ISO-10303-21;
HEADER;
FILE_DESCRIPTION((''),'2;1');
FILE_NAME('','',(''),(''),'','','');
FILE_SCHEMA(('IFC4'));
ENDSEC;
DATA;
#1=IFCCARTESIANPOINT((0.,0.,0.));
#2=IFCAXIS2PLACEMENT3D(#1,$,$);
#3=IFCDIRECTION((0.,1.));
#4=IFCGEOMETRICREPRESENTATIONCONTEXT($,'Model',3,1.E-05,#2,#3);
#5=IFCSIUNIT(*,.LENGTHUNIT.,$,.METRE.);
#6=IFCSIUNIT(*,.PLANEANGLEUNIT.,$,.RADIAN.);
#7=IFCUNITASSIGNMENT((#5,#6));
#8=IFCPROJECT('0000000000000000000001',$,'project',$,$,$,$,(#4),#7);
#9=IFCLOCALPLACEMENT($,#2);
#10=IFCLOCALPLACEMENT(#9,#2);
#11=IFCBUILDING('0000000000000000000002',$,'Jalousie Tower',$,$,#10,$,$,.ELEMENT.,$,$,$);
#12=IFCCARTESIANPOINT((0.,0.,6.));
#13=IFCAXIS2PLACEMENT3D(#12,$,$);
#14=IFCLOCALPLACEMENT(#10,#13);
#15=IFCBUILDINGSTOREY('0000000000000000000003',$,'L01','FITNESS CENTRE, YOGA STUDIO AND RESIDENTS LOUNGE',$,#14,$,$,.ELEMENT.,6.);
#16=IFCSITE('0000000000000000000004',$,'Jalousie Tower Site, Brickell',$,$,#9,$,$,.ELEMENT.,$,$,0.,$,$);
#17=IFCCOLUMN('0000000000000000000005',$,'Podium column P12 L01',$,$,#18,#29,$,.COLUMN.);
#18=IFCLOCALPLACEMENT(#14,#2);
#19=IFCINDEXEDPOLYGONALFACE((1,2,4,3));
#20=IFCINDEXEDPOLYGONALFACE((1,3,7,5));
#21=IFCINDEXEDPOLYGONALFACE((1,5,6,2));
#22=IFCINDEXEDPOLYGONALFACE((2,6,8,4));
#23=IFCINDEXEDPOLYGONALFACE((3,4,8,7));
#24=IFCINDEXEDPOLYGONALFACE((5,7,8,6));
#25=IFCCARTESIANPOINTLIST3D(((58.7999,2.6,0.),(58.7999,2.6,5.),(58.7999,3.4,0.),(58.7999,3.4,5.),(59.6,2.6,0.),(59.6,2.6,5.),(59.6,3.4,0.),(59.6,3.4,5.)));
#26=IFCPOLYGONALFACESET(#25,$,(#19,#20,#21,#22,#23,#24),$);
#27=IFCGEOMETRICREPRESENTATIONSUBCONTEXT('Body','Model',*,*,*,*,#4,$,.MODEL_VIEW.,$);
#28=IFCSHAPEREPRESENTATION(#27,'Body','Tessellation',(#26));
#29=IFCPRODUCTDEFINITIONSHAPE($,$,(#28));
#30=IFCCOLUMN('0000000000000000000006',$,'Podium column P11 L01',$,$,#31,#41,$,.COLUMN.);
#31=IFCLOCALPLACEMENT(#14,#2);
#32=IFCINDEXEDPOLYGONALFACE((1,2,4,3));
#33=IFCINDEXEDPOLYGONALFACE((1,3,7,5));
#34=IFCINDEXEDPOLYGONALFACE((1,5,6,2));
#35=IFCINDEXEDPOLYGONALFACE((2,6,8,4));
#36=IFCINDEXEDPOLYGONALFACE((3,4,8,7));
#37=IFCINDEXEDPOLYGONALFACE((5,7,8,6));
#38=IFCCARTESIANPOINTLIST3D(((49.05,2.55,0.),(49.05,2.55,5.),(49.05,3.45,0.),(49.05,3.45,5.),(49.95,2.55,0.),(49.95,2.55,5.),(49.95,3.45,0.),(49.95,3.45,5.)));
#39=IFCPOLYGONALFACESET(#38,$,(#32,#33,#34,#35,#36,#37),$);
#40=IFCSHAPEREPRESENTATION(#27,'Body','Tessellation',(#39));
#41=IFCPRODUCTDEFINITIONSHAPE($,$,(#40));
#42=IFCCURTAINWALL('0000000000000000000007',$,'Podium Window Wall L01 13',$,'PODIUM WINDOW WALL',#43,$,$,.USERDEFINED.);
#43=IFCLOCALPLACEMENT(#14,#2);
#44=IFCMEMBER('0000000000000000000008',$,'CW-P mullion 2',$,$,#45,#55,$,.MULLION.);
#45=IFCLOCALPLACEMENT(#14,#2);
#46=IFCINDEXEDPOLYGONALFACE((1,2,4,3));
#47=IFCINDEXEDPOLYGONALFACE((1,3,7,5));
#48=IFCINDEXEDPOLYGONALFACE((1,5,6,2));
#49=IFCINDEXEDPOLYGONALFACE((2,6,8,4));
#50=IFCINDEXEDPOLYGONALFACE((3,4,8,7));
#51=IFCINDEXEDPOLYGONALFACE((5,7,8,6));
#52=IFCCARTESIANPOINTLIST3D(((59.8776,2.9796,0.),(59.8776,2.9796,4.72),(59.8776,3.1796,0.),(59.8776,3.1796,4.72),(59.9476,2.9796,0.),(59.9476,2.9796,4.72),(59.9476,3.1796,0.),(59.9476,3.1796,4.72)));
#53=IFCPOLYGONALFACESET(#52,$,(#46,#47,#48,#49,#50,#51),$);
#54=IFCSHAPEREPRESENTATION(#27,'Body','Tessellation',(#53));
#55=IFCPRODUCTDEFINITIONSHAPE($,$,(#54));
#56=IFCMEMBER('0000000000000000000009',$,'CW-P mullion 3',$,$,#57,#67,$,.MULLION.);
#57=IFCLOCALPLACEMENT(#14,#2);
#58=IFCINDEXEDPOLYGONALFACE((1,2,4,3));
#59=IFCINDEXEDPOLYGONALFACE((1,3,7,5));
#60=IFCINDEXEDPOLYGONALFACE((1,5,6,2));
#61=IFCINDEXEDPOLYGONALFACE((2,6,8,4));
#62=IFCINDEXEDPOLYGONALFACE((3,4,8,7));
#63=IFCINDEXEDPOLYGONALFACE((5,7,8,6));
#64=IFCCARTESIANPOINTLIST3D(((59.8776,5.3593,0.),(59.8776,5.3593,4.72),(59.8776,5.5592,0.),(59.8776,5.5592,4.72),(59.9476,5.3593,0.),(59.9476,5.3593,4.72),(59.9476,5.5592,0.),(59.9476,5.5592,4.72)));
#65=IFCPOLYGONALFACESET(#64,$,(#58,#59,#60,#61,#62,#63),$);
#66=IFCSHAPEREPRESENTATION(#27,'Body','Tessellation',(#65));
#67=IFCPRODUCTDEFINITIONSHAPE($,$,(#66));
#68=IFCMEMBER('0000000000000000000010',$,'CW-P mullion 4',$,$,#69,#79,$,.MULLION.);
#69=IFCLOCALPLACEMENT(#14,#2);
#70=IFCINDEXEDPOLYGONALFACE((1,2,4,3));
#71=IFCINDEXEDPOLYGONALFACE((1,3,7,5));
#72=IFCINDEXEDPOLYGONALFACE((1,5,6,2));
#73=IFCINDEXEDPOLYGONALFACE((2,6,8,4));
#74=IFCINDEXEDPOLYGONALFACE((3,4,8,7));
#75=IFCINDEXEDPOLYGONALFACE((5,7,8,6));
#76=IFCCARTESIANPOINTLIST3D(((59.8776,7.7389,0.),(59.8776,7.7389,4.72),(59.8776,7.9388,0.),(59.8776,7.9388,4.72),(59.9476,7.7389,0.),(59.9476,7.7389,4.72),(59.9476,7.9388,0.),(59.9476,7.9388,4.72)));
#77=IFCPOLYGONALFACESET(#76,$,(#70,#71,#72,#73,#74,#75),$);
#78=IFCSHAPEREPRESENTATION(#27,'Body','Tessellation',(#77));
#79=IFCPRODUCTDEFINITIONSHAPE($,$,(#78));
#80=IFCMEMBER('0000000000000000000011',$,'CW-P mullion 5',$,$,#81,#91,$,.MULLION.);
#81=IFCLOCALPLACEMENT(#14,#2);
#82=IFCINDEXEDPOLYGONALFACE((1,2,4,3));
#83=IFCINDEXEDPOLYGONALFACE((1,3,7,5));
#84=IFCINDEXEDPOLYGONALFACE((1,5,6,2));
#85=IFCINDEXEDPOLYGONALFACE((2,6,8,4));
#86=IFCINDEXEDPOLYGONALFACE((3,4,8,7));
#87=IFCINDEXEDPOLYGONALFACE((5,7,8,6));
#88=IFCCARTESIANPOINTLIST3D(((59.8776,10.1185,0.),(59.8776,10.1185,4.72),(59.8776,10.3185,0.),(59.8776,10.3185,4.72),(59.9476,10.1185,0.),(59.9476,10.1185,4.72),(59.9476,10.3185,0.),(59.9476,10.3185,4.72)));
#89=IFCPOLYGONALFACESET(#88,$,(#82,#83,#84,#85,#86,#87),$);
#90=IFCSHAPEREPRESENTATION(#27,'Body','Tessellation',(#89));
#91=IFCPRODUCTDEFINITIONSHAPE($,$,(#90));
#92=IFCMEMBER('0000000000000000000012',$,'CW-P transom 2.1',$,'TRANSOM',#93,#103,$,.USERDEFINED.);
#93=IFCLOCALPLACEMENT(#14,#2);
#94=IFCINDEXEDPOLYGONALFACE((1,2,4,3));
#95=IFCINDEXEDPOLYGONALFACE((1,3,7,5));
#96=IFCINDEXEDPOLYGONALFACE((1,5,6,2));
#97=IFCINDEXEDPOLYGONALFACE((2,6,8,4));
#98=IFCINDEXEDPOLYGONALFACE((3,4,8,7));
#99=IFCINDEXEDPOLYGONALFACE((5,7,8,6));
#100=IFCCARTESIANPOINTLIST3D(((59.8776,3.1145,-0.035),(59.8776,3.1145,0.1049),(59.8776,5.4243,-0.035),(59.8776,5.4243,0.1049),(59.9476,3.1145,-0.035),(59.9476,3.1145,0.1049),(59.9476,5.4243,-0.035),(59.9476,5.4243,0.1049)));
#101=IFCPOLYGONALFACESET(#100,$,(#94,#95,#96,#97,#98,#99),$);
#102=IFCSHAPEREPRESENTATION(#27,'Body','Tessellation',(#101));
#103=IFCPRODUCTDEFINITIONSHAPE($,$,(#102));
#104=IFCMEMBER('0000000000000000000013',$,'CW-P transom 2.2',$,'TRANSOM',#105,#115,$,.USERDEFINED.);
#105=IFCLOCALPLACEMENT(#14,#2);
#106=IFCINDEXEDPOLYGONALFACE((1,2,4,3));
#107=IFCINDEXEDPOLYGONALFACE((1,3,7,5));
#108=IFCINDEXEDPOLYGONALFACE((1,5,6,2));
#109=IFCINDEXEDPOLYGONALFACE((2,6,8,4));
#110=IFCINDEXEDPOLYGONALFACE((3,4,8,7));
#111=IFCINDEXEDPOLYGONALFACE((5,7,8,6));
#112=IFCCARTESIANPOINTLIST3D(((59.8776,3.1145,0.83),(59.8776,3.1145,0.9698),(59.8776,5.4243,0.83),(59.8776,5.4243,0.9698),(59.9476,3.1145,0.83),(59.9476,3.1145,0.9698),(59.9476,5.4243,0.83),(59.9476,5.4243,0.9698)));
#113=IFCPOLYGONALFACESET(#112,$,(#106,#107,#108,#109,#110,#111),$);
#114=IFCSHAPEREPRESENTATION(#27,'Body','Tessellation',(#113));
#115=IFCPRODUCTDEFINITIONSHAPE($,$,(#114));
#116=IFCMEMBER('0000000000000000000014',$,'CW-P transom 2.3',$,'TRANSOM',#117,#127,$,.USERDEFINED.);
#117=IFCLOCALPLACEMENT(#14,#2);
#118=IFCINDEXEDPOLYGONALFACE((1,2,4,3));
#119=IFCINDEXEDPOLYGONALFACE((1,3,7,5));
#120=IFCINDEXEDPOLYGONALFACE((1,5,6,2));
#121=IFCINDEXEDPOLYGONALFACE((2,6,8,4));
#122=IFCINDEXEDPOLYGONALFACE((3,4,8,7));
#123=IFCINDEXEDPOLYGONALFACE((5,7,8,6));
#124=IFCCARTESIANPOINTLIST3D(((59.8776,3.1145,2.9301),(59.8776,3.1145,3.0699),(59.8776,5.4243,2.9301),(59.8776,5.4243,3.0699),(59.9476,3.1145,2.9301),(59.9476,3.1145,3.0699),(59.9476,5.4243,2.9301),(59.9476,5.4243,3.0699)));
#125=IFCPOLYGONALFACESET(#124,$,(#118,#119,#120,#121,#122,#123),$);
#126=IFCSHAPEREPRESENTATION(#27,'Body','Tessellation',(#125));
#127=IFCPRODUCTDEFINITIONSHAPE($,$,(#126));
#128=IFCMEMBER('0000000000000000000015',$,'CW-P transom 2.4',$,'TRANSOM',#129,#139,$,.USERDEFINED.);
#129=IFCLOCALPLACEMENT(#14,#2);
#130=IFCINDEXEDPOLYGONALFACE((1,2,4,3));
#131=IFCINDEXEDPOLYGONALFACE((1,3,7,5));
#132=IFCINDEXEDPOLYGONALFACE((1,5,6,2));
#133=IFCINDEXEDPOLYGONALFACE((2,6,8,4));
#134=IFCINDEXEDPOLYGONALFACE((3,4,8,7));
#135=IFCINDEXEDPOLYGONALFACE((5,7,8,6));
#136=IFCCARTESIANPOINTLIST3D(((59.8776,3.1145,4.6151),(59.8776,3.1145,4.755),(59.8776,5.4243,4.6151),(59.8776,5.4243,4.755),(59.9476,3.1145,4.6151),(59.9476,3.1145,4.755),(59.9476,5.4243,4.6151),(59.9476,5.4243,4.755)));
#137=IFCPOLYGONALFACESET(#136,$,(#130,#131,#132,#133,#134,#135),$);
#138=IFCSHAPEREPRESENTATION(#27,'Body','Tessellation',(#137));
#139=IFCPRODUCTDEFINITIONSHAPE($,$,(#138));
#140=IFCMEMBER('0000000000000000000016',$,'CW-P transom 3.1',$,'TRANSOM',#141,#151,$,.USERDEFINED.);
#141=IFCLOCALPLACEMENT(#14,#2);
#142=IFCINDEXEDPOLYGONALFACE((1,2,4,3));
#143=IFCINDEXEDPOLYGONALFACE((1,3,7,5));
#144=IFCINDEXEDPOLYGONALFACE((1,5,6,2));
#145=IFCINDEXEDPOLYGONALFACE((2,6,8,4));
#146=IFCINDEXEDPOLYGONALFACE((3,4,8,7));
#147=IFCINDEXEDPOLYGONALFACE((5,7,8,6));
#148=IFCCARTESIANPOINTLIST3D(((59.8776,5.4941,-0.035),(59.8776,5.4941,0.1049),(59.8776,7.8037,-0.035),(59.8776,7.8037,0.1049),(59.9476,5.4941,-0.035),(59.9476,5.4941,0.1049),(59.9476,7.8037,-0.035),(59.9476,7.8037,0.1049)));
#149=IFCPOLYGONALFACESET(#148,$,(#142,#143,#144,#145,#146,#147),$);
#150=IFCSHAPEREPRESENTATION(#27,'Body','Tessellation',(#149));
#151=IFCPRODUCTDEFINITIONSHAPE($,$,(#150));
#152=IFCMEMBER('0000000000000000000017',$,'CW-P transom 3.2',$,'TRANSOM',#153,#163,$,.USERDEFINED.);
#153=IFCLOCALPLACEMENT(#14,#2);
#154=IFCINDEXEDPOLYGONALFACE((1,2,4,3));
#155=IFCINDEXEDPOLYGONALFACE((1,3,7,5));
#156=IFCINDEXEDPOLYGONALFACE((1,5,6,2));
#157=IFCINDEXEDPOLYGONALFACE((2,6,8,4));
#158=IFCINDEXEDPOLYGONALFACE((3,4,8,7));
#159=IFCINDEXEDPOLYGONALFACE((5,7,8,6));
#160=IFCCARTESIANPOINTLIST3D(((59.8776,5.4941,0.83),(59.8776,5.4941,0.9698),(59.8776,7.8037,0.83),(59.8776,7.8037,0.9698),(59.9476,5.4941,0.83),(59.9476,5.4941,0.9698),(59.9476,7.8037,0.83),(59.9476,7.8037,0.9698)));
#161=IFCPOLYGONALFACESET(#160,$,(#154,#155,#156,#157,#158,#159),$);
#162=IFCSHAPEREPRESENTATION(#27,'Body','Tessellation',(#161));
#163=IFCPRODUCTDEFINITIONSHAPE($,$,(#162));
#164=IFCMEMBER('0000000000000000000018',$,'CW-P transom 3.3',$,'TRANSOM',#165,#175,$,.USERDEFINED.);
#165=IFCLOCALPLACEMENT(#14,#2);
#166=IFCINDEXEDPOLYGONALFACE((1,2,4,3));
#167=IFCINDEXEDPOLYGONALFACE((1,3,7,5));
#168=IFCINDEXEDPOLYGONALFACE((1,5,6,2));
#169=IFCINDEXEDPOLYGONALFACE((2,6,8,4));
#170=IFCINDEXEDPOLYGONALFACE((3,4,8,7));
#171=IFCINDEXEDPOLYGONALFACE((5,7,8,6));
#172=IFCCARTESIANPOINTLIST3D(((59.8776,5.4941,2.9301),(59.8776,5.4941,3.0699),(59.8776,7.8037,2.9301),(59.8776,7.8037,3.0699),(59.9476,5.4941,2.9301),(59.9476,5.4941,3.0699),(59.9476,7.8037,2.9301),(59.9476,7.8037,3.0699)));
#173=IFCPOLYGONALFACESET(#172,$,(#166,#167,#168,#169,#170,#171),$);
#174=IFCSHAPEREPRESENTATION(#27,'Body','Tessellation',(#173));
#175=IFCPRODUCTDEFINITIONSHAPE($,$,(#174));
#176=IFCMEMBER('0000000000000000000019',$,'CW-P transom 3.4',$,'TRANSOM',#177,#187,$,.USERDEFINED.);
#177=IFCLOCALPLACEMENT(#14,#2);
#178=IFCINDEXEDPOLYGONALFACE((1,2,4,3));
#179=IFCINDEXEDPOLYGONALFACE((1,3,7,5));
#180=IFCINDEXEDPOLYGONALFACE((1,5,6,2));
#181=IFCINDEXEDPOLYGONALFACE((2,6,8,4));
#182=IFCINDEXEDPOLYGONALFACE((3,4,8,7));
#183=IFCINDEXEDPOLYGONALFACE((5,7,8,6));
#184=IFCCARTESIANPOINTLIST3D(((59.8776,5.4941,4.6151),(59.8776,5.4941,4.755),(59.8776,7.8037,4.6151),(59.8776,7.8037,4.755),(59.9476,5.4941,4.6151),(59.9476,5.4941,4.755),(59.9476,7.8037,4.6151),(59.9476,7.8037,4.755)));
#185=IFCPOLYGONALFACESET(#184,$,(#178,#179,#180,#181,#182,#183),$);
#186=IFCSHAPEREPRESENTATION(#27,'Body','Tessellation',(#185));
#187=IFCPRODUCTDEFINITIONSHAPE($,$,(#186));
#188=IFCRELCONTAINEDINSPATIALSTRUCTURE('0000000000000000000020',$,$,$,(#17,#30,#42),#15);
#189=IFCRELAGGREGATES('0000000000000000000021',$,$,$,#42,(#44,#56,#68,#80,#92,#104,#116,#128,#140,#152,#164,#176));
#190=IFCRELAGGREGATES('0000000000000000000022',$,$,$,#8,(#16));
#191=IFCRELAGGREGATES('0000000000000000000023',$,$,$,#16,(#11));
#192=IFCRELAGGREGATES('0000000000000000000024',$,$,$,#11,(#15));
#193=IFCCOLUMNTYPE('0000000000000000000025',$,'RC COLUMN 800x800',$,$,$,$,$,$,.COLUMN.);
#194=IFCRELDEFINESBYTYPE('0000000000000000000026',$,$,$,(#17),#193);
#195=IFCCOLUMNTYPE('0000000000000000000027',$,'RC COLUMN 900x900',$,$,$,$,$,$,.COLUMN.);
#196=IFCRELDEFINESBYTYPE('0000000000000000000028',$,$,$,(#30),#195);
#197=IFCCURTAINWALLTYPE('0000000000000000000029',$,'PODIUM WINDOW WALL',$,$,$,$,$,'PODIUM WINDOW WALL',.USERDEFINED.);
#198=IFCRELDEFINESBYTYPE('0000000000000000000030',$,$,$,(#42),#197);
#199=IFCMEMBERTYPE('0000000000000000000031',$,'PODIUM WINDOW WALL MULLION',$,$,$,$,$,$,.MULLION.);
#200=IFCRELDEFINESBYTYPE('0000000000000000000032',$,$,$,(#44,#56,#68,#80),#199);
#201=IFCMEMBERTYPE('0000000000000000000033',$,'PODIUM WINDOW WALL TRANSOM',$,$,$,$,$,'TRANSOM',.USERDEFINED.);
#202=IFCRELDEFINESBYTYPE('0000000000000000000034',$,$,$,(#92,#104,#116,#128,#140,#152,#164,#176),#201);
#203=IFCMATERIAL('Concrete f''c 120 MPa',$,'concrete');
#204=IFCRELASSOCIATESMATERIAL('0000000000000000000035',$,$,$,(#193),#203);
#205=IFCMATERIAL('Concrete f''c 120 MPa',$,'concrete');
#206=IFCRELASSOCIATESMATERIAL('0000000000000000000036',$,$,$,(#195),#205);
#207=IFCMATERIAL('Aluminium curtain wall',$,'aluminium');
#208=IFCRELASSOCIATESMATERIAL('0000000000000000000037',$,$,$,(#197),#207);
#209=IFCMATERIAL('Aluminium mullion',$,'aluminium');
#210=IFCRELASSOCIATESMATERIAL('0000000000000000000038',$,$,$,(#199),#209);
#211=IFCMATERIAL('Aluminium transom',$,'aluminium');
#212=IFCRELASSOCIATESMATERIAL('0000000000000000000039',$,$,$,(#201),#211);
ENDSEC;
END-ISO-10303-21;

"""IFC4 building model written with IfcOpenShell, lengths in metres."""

from ifc_helpers import new_model, si_unit, direction, frame, origin, origin_2d, place, context, subcontext, project, spatial, rectangle, extrude, material, material_profile, profile_set, type_object, element, aggregate, save


model = new_model("IFC4")

# Units and contexts
model_context = context("Model", 3, precision=1e-05, world=origin(), true_north=direction((0.0, 1.0)))
body_context = subcontext(model_context, "Body", "Model", "MODEL_VIEW")
ifc_project = project(units=[si_unit("LENGTHUNIT", "METRE"), si_unit("PLANEANGLEUNIT", "RADIAN")], contexts=[model_context])

# Site, building, storey
site_placement = place(None, origin())
site = spatial("IfcSite", under=ifc_project, at=site_placement, Name="Jalousie Tower Site, Brickell", CompositionType="ELEMENT", RefElevation=0.0)
building_placement = place(site_placement, origin())
building = spatial("IfcBuilding", under=site, at=building_placement, Name="Jalousie Tower", CompositionType="ELEMENT")
storey_placement = place(building_placement, frame((0.0, 0.0, 6.0)))
storey = spatial("IfcBuildingStorey", under=building, at=storey_placement, Name="L01", Description="FITNESS CENTRE, YOGA STUDIO AND RESIDENTS LOUNGE", CompositionType="ELEMENT", Elevation=6.0)

# Columns
ifc_material_1 = material(Name="Concrete f'c 120 MPa", Category="concrete")
ifc_material_profile_1 = material_profile(ifc_material_1, rectangle(XDim=0.8, YDim=0.8, at=origin_2d()), Name="RC 800x800")
ifc_profile_set_1 = profile_set([ifc_material_profile_1], Name="Concrete f'c 120 MPa")
column_type_1 = type_object("IfcColumnType", Name="RC COLUMN 800x800", PredefinedType="COLUMN", material=ifc_profile_set_1)
column_1_placement = place(storey_placement, frame((59.2, 3.0, 0.0), z_axis=(0.0, 0.0, 1.0), x_axis=(1.0, 0.0, 0.0)))
element("IfcColumn", 1, at=column_1_placement, inside=storey, type_object=column_type_1, Name="Podium column P12 L01", PredefinedType="COLUMN", context=body_context, shape_type="SweptSolid", body=[
    extrude(rectangle(XDim=0.8, YDim=0.8, at=origin_2d()), origin(), (0.0, 0.0, 1.0), 5.0),
])
ifc_material_2 = material(Name="Concrete f'c 120 MPa", Category="concrete")
ifc_material_profile_2 = material_profile(ifc_material_2, rectangle(XDim=0.8999, YDim=0.8999, at=origin_2d()), Name="RC 900x900")
ifc_profile_set_2 = profile_set([ifc_material_profile_2], Name="Concrete f'c 120 MPa")
column_type_2 = type_object("IfcColumnType", Name="RC COLUMN 900x900", PredefinedType="COLUMN", material=ifc_profile_set_2)
column_2_placement = place(storey_placement, frame((49.5, 3.0, 0.0), z_axis=(0.0, 0.0, 1.0), x_axis=(1.0, 0.0, 0.0)))
element("IfcColumn", 2, at=column_2_placement, inside=storey, type_object=column_type_2, Name="Podium column P11 L01", PredefinedType="COLUMN", context=body_context, shape_type="SweptSolid", body=[
    extrude(rectangle(XDim=0.8999, YDim=0.8999, at=origin_2d()), origin(), (0.0, 0.0, 1.0), 5.0),
])

# Curtain wall, members
ifc_material_3 = material(Name="Aluminium curtain wall", Category="aluminium")
curtain_wall_type = type_object("IfcCurtainWallType", Name="PODIUM WINDOW WALL", ElementType="PODIUM WINDOW WALL", PredefinedType="USERDEFINED", material=ifc_material_3)
curtain_wall_placement = place(storey_placement, origin())
curtain_wall = element("IfcCurtainWall", 3, at=curtain_wall_placement, inside=storey, type_object=curtain_wall_type, Name="Podium Window Wall L01 13", ObjectType="PODIUM WINDOW WALL", PredefinedType="USERDEFINED")
ifc_material_4 = material(Name="Aluminium mullion", Category="aluminium")
ifc_material_profile_3 = material_profile(ifc_material_4, rectangle(XDim=0.0701, YDim=0.2, at=origin_2d()), Name="MULLION 70x200")
ifc_profile_set_3 = profile_set([ifc_material_profile_3], Name="Aluminium mullion")
member_type_1 = type_object("IfcMemberType", Name="PODIUM WINDOW WALL MULLION", PredefinedType="MULLION", material=ifc_profile_set_3)
member_1_placement = place(storey_placement, frame((59.9126, 3.0796, 0.0), z_axis=(0.0, 0.0, 1.0), x_axis=(-1.0, 0.0, 0.0)))
member_1 = element("IfcMember", 4, at=member_1_placement, type_object=member_type_1, Name="CW-P mullion 2", PredefinedType="MULLION", context=body_context, shape_type="SweptSolid", body=[
    extrude(rectangle(XDim=0.0701, YDim=0.2, at=origin_2d()), origin(), (0.0, 0.0, 1.0), 4.72),
])
member_2_placement = place(storey_placement, frame((59.9126, 5.4592, 0.0), z_axis=(0.0, 0.0, 1.0), x_axis=(-1.0, 0.0, 0.0)))
member_2 = element("IfcMember", 5, at=member_2_placement, type_object=member_type_1, Name="CW-P mullion 3", PredefinedType="MULLION", context=body_context, shape_type="SweptSolid", body=[
    extrude(rectangle(XDim=0.0701, YDim=0.2, at=origin_2d()), origin(), (0.0, 0.0, 1.0), 4.72),
])
member_3_placement = place(storey_placement, frame((59.9126, 7.8389, 0.0), z_axis=(0.0, 0.0, 1.0), x_axis=(-1.0, 0.0, 0.0)))
member_3 = element("IfcMember", 6, at=member_3_placement, type_object=member_type_1, Name="CW-P mullion 4", PredefinedType="MULLION", context=body_context, shape_type="SweptSolid", body=[
    extrude(rectangle(XDim=0.0701, YDim=0.2, at=origin_2d()), origin(), (0.0, 0.0, 1.0), 4.72),
])
member_4_placement = place(storey_placement, frame((59.9126, 10.2185, 0.0), z_axis=(0.0, 0.0, 1.0), x_axis=(-1.0, 0.0, 0.0)))
member_4 = element("IfcMember", 7, at=member_4_placement, type_object=member_type_1, Name="CW-P mullion 5", PredefinedType="MULLION", context=body_context, shape_type="SweptSolid", body=[
    extrude(rectangle(XDim=0.0701, YDim=0.2, at=origin_2d()), origin(), (0.0, 0.0, 1.0), 4.72),
])
ifc_material_5 = material(Name="Aluminium transom", Category="aluminium")
ifc_material_profile_4 = material_profile(ifc_material_5, rectangle(XDim=0.0701, YDim=0.1399, at=origin_2d()), Name="TRANSOM 70x140")
ifc_profile_set_4 = profile_set([ifc_material_profile_4], Name="Aluminium transom")
member_type_2 = type_object("IfcMemberType", Name="PODIUM WINDOW WALL TRANSOM", ElementType="TRANSOM", PredefinedType="USERDEFINED", material=ifc_profile_set_4)
member_5_placement = place(storey_placement, frame((59.9126, 3.1145, 0.0349), z_axis=(0.0, 1.0, 0.0), x_axis=(-1.0, 0.0, 0.0)))
member_5 = element("IfcMember", 8, at=member_5_placement, type_object=member_type_2, Name="CW-P transom 2.1", ObjectType="TRANSOM", PredefinedType="USERDEFINED", context=body_context, shape_type="SweptSolid", body=[
    extrude(rectangle(XDim=0.0701, YDim=0.1399, at=origin_2d()), origin(), (0.0, 0.0, 1.0), 2.3098),
])
member_6_placement = place(storey_placement, frame((59.9126, 3.1145, 0.8999), z_axis=(0.0, 1.0, 0.0), x_axis=(-1.0, 0.0, 0.0)))
member_6 = element("IfcMember", 9, at=member_6_placement, type_object=member_type_2, Name="CW-P transom 2.2", ObjectType="TRANSOM", PredefinedType="USERDEFINED", context=body_context, shape_type="SweptSolid", body=[
    extrude(rectangle(XDim=0.0701, YDim=0.1399, at=origin_2d()), origin(), (0.0, 0.0, 1.0), 2.3098),
])
member_7_placement = place(storey_placement, frame((59.9126, 3.1145, 3.0), z_axis=(0.0, 1.0, 0.0), x_axis=(-1.0, 0.0, 0.0)))
member_7 = element("IfcMember", 10, at=member_7_placement, type_object=member_type_2, Name="CW-P transom 2.3", ObjectType="TRANSOM", PredefinedType="USERDEFINED", context=body_context, shape_type="SweptSolid", body=[
    extrude(rectangle(XDim=0.0701, YDim=0.1399, at=origin_2d()), origin(), (0.0, 0.0, 1.0), 2.3098),
])
member_8_placement = place(storey_placement, frame((59.9126, 3.1145, 4.6851), z_axis=(0.0, 1.0, 0.0), x_axis=(-1.0, 0.0, 0.0)))
member_8 = element("IfcMember", 11, at=member_8_placement, type_object=member_type_2, Name="CW-P transom 2.4", ObjectType="TRANSOM", PredefinedType="USERDEFINED", context=body_context, shape_type="SweptSolid", body=[
    extrude(rectangle(XDim=0.0701, YDim=0.1399, at=origin_2d()), origin(), (0.0, 0.0, 1.0), 2.3098),
])
member_9_placement = place(storey_placement, frame((59.9126, 5.4941, 0.0349), z_axis=(0.0, 1.0, 0.0), x_axis=(-1.0, 0.0, 0.0)))
member_9 = element("IfcMember", 12, at=member_9_placement, type_object=member_type_2, Name="CW-P transom 3.1", ObjectType="TRANSOM", PredefinedType="USERDEFINED", context=body_context, shape_type="SweptSolid", body=[
    extrude(rectangle(XDim=0.0701, YDim=0.1399, at=origin_2d()), origin(), (0.0, 0.0, 1.0), 2.3096),
])
member_10_placement = place(storey_placement, frame((59.9126, 5.4941, 0.8999), z_axis=(0.0, 1.0, 0.0), x_axis=(-1.0, 0.0, 0.0)))
member_10 = element("IfcMember", 13, at=member_10_placement, type_object=member_type_2, Name="CW-P transom 3.2", ObjectType="TRANSOM", PredefinedType="USERDEFINED", context=body_context, shape_type="SweptSolid", body=[
    extrude(rectangle(XDim=0.0701, YDim=0.1399, at=origin_2d()), origin(), (0.0, 0.0, 1.0), 2.3096),
])
member_11_placement = place(storey_placement, frame((59.9126, 5.4941, 3.0), z_axis=(0.0, 1.0, 0.0), x_axis=(-1.0, 0.0, 0.0)))
member_11 = element("IfcMember", 14, at=member_11_placement, type_object=member_type_2, Name="CW-P transom 3.3", ObjectType="TRANSOM", PredefinedType="USERDEFINED", context=body_context, shape_type="SweptSolid", body=[
    extrude(rectangle(XDim=0.0701, YDim=0.1399, at=origin_2d()), origin(), (0.0, 0.0, 1.0), 2.3096),
])
member_12_placement = place(storey_placement, frame((59.9126, 5.4941, 4.6851), z_axis=(0.0, 1.0, 0.0), x_axis=(-1.0, 0.0, 0.0)))
member_12 = element("IfcMember", 15, at=member_12_placement, type_object=member_type_2, Name="CW-P transom 3.4", ObjectType="TRANSOM", PredefinedType="USERDEFINED", context=body_context, shape_type="SweptSolid", body=[
    extrude(rectangle(XDim=0.0701, YDim=0.1399, at=origin_2d()), origin(), (0.0, 0.0, 1.0), 2.3096),
])

aggregate(curtain_wall, [member_1, member_2, member_3, member_4, member_5, member_6, member_7, member_8, member_9, member_10, member_11, member_12])

save(model, "model.ifc")
